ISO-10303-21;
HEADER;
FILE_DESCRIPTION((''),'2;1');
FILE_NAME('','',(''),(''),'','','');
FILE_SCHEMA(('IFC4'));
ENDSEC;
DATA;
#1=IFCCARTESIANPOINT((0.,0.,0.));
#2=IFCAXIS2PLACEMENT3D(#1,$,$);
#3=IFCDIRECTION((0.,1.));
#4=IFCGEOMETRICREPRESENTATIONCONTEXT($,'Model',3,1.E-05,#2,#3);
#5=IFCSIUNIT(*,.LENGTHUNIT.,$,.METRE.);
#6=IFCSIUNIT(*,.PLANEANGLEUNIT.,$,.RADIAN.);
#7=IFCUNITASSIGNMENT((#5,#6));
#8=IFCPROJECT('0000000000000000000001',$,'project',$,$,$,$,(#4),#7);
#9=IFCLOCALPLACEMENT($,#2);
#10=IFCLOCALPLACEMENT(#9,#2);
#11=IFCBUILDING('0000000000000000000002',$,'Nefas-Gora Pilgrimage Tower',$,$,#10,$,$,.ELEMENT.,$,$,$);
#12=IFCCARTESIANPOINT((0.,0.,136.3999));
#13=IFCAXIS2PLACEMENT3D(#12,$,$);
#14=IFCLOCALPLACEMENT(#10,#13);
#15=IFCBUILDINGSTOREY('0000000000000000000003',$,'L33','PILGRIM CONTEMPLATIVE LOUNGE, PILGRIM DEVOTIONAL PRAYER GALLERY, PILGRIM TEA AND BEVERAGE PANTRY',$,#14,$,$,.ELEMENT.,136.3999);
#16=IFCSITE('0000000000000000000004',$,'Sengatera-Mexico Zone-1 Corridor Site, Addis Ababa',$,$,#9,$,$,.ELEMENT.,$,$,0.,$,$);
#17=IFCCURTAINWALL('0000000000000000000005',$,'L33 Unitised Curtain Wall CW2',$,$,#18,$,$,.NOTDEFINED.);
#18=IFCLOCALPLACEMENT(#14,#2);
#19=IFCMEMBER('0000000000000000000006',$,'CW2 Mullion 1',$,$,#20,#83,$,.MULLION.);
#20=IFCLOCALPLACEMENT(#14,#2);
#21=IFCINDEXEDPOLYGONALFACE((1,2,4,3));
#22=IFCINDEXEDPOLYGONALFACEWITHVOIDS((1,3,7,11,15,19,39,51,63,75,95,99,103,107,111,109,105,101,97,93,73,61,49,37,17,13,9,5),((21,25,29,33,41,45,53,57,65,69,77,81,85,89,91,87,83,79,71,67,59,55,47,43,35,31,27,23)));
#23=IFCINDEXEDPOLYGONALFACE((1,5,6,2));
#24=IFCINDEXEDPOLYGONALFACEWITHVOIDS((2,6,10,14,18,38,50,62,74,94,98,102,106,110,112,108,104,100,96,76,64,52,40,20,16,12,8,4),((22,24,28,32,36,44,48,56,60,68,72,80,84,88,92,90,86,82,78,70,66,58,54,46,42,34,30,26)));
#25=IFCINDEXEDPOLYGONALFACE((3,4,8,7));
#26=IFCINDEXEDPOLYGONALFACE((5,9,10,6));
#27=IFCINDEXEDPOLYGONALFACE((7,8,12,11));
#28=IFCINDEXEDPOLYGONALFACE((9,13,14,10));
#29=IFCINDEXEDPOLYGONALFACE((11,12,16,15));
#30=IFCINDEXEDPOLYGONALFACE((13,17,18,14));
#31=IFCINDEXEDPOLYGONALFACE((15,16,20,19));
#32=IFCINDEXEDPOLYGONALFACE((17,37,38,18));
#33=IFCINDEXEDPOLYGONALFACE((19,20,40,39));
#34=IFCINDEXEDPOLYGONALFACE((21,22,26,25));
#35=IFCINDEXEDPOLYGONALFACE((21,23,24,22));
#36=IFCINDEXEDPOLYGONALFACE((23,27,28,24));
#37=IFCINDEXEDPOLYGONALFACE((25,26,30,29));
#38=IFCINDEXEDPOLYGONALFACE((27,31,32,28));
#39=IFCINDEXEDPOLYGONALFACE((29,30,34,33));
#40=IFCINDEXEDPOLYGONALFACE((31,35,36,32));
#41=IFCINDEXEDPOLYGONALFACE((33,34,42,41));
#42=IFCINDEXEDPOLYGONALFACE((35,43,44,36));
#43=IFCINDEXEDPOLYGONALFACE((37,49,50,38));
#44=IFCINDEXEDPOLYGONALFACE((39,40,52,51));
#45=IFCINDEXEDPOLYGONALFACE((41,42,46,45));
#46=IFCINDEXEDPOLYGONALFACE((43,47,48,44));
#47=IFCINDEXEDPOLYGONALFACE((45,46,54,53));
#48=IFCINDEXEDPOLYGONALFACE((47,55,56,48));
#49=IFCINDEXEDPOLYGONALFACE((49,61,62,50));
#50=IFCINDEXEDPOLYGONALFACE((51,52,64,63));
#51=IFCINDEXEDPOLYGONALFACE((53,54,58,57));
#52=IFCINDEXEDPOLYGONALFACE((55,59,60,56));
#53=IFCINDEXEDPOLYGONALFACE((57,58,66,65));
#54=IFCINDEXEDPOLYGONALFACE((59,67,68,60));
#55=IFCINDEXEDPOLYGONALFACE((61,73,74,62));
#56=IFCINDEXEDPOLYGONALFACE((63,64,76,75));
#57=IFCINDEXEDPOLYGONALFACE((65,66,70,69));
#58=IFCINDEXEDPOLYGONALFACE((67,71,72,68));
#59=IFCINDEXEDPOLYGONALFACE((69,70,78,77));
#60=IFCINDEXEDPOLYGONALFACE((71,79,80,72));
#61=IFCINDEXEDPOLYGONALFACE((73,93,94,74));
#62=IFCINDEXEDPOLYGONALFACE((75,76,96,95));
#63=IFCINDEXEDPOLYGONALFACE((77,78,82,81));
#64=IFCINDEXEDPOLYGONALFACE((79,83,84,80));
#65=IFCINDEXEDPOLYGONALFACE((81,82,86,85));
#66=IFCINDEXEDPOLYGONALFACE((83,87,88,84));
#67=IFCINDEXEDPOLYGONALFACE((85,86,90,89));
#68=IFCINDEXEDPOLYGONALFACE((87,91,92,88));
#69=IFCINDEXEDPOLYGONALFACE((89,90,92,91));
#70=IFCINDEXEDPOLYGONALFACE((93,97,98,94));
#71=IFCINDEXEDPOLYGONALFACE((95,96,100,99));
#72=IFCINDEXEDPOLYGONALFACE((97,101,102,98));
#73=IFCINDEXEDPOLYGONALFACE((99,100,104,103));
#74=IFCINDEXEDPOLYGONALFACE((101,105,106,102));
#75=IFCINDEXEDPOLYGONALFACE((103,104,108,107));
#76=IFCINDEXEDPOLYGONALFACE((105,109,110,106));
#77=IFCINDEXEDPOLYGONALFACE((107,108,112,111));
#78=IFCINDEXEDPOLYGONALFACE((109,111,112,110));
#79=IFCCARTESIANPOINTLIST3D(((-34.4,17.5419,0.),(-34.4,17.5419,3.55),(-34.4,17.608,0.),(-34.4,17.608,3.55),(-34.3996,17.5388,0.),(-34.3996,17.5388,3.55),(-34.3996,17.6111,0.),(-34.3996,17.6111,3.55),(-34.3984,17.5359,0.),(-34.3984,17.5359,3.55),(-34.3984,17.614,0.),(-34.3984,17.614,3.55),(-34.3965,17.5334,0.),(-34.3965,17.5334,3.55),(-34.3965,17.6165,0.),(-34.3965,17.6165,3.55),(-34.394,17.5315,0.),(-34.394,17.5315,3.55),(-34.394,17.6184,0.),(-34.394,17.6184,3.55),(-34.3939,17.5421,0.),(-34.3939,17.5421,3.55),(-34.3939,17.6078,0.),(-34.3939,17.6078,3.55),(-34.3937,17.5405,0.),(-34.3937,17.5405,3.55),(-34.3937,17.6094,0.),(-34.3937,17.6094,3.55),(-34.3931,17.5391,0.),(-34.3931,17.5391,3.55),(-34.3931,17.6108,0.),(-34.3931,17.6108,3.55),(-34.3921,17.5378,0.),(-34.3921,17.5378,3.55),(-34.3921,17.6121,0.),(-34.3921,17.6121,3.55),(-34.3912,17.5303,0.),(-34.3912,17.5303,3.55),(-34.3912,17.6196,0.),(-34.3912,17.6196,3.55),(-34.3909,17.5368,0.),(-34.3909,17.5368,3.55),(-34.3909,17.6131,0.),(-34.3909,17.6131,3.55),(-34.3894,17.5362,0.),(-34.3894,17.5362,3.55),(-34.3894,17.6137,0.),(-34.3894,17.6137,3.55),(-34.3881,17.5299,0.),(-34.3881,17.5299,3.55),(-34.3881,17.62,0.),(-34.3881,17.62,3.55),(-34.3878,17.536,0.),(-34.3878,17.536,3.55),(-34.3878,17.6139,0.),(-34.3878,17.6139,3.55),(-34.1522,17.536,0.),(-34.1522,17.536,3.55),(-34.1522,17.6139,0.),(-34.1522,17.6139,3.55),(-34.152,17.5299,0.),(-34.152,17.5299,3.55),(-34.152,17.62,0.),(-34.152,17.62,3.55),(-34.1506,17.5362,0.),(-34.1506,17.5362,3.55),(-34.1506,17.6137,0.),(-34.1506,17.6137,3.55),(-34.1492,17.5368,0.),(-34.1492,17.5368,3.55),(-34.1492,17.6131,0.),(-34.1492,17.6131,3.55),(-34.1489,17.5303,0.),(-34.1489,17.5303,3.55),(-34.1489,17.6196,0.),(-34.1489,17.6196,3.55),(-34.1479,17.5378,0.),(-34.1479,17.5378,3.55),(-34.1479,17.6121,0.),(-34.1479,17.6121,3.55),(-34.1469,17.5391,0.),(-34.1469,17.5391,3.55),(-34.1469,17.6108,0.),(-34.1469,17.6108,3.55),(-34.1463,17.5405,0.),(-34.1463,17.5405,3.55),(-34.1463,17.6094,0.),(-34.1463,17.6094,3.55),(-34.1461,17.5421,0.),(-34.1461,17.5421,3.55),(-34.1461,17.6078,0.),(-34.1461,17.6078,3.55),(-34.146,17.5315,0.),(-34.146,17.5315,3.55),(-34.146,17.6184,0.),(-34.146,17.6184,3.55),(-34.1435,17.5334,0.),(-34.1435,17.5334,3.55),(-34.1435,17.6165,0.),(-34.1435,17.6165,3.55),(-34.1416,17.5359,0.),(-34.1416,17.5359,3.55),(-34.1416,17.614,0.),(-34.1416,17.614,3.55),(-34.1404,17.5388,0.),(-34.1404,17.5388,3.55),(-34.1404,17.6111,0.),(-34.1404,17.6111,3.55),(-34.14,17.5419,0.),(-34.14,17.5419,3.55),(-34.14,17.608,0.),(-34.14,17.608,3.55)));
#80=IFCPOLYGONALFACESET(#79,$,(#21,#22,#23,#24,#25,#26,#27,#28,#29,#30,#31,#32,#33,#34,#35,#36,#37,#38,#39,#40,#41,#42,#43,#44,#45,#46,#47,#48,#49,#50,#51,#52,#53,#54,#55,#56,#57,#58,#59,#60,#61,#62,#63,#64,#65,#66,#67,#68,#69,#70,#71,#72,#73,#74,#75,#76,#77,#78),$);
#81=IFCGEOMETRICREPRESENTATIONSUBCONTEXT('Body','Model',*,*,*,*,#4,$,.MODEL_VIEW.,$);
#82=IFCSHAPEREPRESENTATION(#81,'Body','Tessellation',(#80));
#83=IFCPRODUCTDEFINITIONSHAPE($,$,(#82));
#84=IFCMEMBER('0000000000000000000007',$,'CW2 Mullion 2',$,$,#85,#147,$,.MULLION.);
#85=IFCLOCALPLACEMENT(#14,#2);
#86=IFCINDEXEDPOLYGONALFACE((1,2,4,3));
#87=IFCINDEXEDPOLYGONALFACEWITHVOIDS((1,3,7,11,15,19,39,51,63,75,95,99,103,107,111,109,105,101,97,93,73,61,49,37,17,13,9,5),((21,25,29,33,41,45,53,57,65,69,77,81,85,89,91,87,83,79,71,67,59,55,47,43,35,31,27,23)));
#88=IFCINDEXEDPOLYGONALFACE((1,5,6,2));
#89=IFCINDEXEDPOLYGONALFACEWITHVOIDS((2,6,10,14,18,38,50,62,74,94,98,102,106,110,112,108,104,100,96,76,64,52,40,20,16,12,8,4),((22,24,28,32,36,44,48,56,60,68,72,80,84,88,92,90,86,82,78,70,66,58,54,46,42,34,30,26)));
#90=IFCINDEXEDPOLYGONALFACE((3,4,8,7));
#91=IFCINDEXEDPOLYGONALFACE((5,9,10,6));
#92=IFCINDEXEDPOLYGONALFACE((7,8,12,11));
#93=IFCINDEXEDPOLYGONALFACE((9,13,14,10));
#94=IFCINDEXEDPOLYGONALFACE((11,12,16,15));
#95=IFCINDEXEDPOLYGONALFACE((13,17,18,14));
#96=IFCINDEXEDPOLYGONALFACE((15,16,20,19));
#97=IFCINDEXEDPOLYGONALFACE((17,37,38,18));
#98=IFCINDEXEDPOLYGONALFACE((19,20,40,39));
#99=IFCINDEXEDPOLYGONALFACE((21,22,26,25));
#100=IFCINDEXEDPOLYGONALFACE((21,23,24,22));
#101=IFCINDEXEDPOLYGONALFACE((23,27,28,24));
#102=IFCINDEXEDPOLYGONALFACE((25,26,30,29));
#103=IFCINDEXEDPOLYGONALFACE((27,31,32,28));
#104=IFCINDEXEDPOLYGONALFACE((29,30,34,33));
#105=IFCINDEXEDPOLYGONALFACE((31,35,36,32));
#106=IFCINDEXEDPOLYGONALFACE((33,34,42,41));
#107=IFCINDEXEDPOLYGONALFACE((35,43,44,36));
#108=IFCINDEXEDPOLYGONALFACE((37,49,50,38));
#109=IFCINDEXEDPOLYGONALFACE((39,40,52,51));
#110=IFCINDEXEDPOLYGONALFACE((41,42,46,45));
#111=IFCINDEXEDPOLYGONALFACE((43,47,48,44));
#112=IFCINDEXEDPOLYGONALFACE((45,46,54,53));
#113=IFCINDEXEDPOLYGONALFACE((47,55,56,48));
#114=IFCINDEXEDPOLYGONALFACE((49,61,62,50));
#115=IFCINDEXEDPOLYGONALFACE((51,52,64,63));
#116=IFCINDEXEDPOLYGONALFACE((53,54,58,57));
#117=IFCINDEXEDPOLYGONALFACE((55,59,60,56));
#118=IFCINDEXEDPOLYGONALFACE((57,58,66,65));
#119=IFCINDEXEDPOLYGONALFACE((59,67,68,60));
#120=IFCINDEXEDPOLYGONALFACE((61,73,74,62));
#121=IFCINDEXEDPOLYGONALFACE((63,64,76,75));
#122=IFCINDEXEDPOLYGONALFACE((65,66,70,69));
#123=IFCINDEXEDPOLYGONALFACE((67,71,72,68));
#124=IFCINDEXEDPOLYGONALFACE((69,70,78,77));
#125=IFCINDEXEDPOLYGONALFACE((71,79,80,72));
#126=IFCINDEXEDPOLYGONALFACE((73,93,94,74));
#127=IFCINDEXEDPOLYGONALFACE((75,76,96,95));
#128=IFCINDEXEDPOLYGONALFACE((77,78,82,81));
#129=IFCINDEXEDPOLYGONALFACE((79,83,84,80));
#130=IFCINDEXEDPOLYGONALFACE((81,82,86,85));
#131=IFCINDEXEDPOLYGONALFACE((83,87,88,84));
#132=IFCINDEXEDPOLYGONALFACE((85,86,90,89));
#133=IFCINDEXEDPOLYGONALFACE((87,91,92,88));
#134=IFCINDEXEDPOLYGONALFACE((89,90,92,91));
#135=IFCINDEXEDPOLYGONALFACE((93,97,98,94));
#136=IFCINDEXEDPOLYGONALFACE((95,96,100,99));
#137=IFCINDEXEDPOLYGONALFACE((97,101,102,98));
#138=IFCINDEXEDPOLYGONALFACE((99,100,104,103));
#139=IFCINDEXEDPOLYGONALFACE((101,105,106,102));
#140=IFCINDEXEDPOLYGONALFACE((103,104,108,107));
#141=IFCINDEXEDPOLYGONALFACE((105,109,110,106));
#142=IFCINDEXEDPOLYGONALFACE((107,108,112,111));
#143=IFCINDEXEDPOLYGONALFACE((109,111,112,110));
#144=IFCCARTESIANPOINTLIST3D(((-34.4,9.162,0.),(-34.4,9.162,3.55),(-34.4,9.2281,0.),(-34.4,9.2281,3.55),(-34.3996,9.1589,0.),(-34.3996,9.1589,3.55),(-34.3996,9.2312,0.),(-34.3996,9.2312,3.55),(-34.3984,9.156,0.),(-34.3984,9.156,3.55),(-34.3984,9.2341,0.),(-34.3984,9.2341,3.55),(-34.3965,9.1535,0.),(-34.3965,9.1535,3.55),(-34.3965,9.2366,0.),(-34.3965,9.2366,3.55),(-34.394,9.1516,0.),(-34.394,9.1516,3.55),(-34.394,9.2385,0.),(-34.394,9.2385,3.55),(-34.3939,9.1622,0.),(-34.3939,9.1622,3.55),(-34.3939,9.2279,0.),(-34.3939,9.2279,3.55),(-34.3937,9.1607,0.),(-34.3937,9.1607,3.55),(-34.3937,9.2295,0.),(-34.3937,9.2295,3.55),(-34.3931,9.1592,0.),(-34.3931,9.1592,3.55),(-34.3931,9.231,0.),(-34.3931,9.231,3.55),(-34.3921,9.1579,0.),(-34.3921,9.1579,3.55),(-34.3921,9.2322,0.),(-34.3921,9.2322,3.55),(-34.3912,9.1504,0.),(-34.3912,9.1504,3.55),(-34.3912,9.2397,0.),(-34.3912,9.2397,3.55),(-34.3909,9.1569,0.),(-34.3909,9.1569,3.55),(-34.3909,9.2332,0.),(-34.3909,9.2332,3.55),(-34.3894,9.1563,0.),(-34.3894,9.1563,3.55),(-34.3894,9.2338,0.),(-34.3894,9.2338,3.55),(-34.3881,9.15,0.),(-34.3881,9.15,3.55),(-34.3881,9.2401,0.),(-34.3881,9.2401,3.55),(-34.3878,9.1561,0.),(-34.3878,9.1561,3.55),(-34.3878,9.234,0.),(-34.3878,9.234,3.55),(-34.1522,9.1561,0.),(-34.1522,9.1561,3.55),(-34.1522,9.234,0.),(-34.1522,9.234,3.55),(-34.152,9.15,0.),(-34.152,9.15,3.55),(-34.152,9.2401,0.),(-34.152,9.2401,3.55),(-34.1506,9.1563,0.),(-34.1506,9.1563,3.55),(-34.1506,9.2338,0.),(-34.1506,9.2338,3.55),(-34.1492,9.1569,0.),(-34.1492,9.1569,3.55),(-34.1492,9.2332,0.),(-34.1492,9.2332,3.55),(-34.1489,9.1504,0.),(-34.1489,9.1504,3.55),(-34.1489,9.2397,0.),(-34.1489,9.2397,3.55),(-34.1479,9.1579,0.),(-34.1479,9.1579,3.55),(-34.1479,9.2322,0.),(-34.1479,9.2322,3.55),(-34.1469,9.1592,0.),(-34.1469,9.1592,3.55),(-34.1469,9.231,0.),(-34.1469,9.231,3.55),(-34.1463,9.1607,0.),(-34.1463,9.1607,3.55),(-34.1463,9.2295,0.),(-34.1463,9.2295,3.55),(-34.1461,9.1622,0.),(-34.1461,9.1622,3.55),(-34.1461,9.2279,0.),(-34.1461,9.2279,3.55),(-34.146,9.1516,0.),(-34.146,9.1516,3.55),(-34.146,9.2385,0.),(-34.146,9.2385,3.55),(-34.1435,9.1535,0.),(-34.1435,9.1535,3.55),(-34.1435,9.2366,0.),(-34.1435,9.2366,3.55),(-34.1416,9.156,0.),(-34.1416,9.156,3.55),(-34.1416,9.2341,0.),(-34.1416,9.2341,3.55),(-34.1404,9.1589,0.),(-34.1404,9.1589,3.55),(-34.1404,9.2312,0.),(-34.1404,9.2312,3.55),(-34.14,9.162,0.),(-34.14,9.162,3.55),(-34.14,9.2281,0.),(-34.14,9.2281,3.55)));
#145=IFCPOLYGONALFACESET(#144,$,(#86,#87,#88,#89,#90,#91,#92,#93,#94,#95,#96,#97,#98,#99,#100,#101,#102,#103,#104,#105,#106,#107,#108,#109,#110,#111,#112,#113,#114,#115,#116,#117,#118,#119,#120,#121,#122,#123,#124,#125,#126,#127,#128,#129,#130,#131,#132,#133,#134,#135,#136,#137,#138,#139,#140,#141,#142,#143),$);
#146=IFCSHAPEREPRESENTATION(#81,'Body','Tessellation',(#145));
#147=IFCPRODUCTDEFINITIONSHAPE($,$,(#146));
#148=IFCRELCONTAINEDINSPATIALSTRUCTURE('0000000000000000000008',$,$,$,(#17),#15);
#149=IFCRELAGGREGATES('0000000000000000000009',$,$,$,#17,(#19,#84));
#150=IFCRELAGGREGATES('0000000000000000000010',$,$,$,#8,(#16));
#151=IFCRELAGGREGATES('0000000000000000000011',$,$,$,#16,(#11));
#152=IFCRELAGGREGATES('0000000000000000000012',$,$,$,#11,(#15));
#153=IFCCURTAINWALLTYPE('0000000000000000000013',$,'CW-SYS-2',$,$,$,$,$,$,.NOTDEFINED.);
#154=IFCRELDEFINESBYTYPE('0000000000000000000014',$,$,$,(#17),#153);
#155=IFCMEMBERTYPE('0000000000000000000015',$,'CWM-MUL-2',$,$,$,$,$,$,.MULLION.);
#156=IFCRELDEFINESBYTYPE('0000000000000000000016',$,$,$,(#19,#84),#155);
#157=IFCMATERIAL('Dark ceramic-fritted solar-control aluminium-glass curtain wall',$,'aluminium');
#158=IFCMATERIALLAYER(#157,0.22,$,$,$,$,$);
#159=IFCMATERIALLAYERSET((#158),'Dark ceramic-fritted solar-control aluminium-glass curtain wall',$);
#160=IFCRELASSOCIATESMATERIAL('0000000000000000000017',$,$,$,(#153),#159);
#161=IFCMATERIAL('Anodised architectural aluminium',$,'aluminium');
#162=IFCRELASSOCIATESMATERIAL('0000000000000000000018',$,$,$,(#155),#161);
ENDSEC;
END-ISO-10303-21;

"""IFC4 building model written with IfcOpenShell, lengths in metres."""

from ifc_helpers import new_model, si_unit, direction, frame, origin, origin_2d, place, context, subcontext, project, spatial, hollow_rectangle, extrude, source, transform, mapped, material, layer, layer_set, material_profile, profile_set, type_object, element, aggregate, save


model = new_model("IFC4")

# Units and contexts
model_context = context("Model", 3, precision=1e-05, world=origin(), true_north=direction((0.0, 1.0)))
body_context = subcontext(model_context, "Body", "Model", "MODEL_VIEW")
ifc_project = project(units=[si_unit("LENGTHUNIT", "METRE"), si_unit("PLANEANGLEUNIT", "RADIAN")], contexts=[model_context])

# Site, building, storey
site_placement = place(None, origin())
site = spatial("IfcSite", under=ifc_project, at=site_placement, Name="Sengatera-Mexico Zone-1 Corridor Site, Addis Ababa", CompositionType="ELEMENT", RefElevation=0.0)
building_placement = place(site_placement, origin())
building = spatial("IfcBuilding", under=site, at=building_placement, Name="Nefas-Gora Pilgrimage Tower", CompositionType="ELEMENT")
storey_placement = place(building_placement, frame((0.0, 0.0, 136.3999)))
storey = spatial("IfcBuildingStorey", under=building, at=storey_placement, Name="L33", Description="PILGRIM CONTEMPLATIVE LOUNGE, PILGRIM DEVOTIONAL PRAYER GALLERY, PILGRIM TEA AND BEVERAGE PANTRY", CompositionType="ELEMENT", Elevation=136.3999)

# Shared definitions
ifc_material_1 = material(Name="Dark ceramic-fritted solar-control aluminium-glass curtain wall", Category="aluminium")
ifc_layer_1 = layer(ifc_material_1, 0.22)
ifc_layer_set_1 = layer_set([ifc_layer_1], Name="Dark ceramic-fritted solar-control aluminium-glass curtain wall")
curtain_wall_type = type_object("IfcCurtainWallType", Name="CW-SYS-2", PredefinedType="NOTDEFINED", material=ifc_layer_set_1)
ifc_material_2 = material(Name="Anodised architectural aluminium", Category="aluminium")
ifc_material_profile_1 = material_profile(ifc_material_2, hollow_rectangle(XDim=0.0901, YDim=0.26, WallThickness=0.0061, InnerFilletRadius=0.0061, OuterFilletRadius=0.012, at=origin_2d()), Name="ALU MULLION 90x260")
ifc_profile_set_1 = profile_set([ifc_material_profile_1], Name="Anodised architectural aluminium")
member_type_1 = type_object("IfcMemberType", Name="CWM-MUL-2", PredefinedType="MULLION", material=ifc_profile_set_1)
shared_shape_1 = source(origin(), body_context, "Body", "SweptSolid", [
    extrude(hollow_rectangle(XDim=0.0901, YDim=0.26, WallThickness=0.0061, InnerFilletRadius=0.0061, OuterFilletRadius=0.012, at=origin_2d()), origin(), (0.0, 0.0, 1.0), 3.55),
])

# Curtain wall, members
curtain_wall_1_placement = place(storey_placement, origin())
curtain_wall_1 = element("IfcCurtainWall", 1, at=curtain_wall_1_placement, inside=storey, type_object=curtain_wall_type, Name="L33 Unitised Curtain Wall CW2", PredefinedType="NOTDEFINED")
member_1_placement = place(storey_placement, frame((-34.27, 17.575, 0.0), z_axis=(0.0, 0.0, 1.0), x_axis=(0.0, -1.0, 0.0)))
member_1 = element("IfcMember", 2, at=member_1_placement, type_object=member_type_1, Name="CW2 Mullion 1", PredefinedType="MULLION", context=body_context, shape_type="MappedRepresentation", body=[
    mapped(shared_shape_1, transform((0.0, 0.0, 0.0), x_axis=(1.0, 0.0, 0.0), y_axis=(0.0, 1.0, 0.0), z_axis=(0.0, 0.0, 1.0), scale=1.0)),
])
member_2_placement = place(storey_placement, frame((-34.27, 9.1951, 0.0), z_axis=(0.0, 0.0, 1.0), x_axis=(0.0, -1.0, 0.0)))
member_2 = element("IfcMember", 3, at=member_2_placement, type_object=member_type_1, Name="CW2 Mullion 2", PredefinedType="MULLION", context=body_context, shape_type="MappedRepresentation", body=[
    mapped(shared_shape_1, transform((0.0, 0.0, 0.0), x_axis=(1.0, 0.0, 0.0), y_axis=(0.0, 1.0, 0.0), z_axis=(0.0, 0.0, 1.0), scale=1.0)),
])

aggregate(curtain_wall_1, [member_1, member_2])

save(model, "model.ifc")
